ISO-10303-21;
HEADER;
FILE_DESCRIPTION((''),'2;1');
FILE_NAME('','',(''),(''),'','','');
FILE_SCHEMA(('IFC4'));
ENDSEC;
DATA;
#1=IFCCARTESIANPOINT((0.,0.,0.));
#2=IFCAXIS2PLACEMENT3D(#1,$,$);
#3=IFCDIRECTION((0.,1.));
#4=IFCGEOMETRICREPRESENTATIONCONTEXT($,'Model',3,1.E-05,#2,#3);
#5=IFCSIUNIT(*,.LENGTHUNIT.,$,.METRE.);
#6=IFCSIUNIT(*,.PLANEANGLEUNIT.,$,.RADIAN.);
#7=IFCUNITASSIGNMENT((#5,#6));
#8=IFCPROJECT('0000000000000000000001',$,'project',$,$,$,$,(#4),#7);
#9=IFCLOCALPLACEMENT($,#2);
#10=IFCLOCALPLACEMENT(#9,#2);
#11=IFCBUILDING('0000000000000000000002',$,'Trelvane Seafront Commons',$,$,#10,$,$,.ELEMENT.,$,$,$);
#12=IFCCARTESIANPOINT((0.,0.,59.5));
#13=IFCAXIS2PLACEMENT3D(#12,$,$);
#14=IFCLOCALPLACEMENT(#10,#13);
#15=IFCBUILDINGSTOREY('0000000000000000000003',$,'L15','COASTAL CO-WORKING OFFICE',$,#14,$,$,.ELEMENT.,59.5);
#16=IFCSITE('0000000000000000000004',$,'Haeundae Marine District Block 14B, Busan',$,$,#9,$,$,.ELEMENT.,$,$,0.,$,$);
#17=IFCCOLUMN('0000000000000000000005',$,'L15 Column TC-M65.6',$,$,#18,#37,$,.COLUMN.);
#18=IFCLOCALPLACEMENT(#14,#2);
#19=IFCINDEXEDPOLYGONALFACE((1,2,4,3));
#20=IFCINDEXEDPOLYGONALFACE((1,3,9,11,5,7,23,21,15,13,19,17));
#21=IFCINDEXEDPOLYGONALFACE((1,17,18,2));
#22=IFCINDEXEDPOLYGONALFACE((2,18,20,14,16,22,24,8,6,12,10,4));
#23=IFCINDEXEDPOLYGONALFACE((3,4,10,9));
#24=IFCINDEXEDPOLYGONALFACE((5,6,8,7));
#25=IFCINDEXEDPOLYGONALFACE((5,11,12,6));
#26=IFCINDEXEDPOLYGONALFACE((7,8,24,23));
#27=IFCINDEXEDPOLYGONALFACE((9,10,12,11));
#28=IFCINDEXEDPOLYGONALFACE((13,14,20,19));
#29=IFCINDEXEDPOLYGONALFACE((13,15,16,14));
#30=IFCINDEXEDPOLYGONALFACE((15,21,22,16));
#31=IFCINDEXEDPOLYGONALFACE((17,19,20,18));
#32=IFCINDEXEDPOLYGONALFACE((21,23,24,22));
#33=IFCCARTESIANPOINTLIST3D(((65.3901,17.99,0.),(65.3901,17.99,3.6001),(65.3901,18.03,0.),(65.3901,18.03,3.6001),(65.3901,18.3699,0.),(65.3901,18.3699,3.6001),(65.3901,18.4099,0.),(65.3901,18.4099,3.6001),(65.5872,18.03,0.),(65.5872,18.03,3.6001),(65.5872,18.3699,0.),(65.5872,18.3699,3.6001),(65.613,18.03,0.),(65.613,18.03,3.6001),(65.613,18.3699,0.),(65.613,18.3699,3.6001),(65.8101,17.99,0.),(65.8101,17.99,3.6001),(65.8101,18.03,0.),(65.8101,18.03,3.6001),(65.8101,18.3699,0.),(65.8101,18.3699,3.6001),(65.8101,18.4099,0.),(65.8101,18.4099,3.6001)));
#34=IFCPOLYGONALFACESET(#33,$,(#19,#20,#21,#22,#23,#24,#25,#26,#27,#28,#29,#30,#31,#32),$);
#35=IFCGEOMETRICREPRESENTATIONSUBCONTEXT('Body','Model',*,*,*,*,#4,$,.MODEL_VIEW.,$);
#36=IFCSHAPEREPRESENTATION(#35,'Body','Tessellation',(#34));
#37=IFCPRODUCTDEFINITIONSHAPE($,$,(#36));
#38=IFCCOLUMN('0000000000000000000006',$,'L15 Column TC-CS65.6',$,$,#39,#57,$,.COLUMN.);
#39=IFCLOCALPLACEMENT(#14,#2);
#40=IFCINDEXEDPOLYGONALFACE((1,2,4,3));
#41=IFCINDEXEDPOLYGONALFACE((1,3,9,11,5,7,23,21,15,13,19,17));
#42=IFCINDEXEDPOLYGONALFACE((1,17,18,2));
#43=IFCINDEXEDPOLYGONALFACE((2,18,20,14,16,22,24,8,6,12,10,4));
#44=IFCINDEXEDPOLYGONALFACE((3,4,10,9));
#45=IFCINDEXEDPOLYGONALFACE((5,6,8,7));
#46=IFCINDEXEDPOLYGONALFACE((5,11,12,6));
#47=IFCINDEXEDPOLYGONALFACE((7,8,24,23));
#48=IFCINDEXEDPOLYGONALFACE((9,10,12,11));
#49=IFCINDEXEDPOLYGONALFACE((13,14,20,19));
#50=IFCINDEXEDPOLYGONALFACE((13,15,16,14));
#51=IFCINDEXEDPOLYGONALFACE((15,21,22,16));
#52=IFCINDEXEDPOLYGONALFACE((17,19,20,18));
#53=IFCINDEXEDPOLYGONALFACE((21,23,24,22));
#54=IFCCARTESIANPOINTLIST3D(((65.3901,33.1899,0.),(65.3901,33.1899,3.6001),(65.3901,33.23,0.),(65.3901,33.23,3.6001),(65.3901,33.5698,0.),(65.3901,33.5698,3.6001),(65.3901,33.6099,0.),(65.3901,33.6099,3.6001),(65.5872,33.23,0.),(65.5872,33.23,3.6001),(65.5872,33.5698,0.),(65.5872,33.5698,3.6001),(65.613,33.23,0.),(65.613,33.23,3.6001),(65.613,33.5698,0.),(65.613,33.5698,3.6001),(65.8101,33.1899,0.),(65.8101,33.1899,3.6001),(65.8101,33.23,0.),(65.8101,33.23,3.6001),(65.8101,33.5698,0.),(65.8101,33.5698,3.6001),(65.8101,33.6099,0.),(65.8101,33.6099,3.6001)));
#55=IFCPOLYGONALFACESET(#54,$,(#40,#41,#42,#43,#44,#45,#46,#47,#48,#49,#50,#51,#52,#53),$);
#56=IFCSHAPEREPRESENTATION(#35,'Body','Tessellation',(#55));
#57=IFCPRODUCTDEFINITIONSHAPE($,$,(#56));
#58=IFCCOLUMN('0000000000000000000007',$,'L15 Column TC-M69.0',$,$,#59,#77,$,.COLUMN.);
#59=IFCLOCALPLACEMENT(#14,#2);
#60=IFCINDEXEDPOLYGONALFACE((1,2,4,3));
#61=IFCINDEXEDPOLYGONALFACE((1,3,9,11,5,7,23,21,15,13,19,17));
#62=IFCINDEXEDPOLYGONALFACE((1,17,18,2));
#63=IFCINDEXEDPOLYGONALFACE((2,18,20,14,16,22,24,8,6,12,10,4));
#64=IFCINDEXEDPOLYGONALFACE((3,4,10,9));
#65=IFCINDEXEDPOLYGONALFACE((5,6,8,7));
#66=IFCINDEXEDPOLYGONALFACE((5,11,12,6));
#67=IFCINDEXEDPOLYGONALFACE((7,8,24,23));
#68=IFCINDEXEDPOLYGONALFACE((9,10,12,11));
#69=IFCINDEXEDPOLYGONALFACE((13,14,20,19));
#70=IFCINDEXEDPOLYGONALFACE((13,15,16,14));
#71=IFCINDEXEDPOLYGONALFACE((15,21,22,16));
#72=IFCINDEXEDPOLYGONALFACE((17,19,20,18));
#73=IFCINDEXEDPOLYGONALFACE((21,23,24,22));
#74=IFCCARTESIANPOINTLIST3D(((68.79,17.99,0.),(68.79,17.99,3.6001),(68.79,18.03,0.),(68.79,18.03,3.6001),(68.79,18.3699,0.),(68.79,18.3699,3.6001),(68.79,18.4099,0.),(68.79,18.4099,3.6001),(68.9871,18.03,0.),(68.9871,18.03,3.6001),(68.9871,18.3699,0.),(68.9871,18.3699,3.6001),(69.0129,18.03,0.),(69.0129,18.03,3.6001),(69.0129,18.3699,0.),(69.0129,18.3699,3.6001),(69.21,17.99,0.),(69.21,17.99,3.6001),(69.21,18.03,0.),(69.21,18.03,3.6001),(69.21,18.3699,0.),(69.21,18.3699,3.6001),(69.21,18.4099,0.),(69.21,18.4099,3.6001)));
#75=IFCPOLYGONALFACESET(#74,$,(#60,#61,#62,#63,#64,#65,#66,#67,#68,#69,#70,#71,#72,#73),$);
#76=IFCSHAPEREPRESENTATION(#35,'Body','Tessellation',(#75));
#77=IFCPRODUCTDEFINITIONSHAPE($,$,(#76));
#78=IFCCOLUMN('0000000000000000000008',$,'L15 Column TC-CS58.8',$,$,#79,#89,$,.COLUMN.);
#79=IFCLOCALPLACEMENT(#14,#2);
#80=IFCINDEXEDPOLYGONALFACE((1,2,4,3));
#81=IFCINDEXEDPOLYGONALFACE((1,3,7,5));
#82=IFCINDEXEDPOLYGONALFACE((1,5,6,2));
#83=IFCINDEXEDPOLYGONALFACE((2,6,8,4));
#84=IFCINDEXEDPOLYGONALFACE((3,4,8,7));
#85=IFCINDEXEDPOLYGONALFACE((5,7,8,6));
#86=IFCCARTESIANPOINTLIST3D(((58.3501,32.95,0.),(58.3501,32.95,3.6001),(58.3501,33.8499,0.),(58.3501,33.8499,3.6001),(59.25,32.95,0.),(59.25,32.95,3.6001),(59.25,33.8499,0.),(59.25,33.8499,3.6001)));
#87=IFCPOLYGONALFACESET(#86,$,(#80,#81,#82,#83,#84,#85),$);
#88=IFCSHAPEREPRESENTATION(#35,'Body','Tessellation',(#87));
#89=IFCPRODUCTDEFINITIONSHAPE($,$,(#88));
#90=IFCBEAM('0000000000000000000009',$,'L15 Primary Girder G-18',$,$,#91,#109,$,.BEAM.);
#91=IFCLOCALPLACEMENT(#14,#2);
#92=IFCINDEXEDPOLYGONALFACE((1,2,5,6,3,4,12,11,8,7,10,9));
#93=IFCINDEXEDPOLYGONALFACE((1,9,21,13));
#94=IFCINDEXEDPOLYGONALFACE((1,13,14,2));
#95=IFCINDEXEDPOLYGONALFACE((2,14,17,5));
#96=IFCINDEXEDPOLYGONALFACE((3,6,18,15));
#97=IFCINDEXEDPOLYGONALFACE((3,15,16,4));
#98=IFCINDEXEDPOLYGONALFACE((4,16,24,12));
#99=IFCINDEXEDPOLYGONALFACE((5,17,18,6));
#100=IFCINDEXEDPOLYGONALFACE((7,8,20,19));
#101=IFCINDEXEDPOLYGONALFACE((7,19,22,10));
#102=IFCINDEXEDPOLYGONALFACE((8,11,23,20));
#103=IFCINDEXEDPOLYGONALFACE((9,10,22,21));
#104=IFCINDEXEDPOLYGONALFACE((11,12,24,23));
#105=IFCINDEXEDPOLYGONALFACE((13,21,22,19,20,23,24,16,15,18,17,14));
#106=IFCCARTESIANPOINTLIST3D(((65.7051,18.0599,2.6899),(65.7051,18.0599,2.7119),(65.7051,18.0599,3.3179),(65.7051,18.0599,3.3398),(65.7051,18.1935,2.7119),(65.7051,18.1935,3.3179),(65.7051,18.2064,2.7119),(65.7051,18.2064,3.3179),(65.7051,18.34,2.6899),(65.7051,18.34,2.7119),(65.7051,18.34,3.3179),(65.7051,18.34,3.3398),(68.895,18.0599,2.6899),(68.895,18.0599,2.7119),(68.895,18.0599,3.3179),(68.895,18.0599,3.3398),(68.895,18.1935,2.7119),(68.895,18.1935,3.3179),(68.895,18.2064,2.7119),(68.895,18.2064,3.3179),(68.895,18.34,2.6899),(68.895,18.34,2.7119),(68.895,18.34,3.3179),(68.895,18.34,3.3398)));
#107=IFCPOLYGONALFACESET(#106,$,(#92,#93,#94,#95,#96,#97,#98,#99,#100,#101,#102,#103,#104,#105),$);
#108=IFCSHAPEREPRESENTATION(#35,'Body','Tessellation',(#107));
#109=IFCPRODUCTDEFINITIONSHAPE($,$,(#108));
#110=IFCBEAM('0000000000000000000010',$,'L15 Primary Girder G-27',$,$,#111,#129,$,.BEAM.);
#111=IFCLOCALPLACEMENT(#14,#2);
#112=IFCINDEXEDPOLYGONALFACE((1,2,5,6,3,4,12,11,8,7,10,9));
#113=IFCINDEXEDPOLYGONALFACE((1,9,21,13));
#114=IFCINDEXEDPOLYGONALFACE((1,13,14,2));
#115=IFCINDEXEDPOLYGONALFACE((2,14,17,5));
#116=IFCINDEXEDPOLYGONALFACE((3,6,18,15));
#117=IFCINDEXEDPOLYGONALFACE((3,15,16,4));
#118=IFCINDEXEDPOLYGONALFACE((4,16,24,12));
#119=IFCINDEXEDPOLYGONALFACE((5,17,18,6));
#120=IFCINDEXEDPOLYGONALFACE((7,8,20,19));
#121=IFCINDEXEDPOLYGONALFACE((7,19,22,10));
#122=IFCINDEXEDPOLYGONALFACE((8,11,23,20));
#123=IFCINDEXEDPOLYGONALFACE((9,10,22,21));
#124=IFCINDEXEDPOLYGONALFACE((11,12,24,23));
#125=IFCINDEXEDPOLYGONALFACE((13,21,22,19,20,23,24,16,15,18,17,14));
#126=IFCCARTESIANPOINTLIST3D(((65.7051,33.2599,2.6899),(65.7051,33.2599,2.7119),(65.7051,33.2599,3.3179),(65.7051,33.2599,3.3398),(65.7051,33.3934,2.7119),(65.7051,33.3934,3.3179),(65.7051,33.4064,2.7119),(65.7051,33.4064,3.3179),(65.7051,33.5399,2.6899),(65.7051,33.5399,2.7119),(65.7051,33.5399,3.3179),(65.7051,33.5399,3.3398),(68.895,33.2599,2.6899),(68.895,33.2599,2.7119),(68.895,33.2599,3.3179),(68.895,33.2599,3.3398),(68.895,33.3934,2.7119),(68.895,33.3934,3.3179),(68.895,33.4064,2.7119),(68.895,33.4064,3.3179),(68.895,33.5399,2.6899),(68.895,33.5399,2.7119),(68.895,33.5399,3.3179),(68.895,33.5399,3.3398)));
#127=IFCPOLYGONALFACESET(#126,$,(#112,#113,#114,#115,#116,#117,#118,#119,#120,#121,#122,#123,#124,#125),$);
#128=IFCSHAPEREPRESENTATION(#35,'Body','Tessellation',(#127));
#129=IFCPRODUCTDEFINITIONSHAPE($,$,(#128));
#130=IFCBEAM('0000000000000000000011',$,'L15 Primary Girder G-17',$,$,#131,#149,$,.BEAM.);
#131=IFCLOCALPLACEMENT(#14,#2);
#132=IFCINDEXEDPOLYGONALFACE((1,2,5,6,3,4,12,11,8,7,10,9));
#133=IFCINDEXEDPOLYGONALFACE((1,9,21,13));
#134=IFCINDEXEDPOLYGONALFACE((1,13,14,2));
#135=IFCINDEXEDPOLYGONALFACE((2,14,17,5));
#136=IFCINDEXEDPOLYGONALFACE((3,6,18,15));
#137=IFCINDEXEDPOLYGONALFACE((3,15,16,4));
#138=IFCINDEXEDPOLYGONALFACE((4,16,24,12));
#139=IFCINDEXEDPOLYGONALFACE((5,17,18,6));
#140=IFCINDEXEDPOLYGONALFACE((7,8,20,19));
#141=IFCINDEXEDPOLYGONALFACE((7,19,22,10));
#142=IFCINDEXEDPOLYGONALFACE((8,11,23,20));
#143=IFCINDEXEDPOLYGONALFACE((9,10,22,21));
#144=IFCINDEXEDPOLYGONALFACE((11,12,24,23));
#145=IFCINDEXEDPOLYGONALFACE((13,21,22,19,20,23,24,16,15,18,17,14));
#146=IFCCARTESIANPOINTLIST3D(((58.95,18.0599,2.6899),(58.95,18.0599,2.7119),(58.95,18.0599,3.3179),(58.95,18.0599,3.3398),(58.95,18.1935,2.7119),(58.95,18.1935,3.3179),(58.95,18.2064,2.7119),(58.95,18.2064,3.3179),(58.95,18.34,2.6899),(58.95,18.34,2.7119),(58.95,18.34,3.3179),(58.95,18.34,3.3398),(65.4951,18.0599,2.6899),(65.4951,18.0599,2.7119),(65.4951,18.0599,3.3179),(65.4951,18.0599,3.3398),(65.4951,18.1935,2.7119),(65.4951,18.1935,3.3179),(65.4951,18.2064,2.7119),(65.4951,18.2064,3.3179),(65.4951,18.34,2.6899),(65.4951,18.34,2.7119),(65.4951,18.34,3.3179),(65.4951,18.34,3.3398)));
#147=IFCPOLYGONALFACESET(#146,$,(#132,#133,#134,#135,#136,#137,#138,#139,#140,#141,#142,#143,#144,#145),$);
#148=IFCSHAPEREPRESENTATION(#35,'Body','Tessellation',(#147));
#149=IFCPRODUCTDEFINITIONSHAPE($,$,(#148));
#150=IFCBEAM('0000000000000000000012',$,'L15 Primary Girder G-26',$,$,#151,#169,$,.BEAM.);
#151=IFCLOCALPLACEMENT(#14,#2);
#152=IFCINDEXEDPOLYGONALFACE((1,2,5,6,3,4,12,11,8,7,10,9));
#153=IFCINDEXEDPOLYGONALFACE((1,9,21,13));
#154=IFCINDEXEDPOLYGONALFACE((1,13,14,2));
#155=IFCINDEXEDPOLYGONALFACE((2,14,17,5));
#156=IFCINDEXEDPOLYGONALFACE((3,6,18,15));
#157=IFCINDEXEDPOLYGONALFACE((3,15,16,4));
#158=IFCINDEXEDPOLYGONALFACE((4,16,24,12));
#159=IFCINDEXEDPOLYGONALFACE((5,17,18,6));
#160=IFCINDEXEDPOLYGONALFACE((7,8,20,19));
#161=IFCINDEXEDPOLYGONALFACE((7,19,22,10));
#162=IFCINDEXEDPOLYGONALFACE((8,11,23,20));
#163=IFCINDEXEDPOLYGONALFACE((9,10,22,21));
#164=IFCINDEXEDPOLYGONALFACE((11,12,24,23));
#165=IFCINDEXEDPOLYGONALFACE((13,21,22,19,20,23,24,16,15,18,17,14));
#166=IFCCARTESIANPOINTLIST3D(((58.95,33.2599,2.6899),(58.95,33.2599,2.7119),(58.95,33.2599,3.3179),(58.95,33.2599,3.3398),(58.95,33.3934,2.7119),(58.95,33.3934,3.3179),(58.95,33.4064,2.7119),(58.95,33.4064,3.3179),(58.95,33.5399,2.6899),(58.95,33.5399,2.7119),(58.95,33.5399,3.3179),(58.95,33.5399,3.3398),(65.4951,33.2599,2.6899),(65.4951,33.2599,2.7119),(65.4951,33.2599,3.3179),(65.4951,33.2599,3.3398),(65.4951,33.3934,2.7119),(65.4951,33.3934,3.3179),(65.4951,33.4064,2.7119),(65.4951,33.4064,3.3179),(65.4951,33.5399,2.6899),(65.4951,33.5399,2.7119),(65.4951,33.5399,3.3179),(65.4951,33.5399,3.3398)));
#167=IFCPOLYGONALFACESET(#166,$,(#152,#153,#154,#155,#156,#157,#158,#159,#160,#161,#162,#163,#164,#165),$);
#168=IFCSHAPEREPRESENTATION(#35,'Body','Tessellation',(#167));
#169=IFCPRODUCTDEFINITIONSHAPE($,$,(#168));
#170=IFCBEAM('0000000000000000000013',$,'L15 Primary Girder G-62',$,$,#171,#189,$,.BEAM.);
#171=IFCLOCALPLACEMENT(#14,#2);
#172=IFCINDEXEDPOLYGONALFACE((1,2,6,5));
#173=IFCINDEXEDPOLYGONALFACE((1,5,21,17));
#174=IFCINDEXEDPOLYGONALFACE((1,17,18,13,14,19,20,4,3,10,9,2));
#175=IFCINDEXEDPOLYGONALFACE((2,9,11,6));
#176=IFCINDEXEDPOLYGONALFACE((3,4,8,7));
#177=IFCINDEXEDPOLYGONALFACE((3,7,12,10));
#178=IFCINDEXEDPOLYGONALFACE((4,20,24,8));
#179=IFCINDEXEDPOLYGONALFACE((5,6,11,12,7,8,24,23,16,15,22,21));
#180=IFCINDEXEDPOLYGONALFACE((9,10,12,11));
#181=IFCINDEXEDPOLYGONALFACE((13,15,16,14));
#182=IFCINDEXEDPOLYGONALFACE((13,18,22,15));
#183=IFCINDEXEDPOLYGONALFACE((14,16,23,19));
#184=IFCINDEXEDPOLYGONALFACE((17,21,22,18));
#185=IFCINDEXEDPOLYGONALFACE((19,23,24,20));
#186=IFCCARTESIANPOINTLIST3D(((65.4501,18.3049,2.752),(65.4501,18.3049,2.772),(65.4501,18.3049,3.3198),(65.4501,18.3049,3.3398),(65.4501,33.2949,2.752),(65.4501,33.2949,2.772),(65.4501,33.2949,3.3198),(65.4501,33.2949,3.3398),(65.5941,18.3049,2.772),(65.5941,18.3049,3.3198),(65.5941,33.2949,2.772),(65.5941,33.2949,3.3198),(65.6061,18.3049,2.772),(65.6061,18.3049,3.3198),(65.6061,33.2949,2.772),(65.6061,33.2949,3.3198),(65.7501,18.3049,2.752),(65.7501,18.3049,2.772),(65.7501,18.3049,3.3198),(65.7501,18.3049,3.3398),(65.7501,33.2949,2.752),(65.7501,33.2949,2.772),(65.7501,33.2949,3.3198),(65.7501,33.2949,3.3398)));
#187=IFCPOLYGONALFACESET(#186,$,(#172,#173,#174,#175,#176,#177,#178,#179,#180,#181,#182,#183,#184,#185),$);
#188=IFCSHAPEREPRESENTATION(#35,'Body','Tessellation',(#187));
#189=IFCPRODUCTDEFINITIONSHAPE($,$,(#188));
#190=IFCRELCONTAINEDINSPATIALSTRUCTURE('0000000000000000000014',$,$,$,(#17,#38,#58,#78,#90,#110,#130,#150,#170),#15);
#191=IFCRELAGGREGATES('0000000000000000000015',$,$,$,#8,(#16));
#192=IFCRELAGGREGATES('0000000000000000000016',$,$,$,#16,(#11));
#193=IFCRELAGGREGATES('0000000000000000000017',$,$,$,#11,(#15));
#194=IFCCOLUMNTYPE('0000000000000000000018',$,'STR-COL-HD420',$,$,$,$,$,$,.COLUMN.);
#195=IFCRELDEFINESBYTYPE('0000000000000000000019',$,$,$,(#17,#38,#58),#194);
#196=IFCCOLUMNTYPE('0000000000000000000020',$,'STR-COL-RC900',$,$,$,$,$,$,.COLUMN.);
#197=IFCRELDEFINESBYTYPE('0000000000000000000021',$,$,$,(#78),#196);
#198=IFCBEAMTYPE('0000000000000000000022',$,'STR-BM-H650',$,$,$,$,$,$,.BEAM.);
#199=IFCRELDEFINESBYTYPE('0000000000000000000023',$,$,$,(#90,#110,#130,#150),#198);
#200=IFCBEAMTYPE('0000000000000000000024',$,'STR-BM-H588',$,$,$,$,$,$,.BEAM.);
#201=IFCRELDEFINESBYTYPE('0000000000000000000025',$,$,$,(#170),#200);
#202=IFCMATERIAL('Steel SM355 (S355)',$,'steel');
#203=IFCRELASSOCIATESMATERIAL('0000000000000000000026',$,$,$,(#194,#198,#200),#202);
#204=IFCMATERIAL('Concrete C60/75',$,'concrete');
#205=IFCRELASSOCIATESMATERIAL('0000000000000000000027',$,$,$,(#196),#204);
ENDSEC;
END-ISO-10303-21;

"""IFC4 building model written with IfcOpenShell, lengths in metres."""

from ifc_helpers import new_model, si_unit, direction, frame, origin, origin_2d, place, context, subcontext, project, spatial, rectangle, i_section, extrude, source, transform, mapped, material, material_profile, profile_set, type_object, element, save


model = new_model("IFC4")

# Units and contexts
model_context = context("Model", 3, precision=1e-05, world=origin(), true_north=direction((0.0, 1.0)))
body_context = subcontext(model_context, "Body", "Model", "MODEL_VIEW")
ifc_project = project(units=[si_unit("LENGTHUNIT", "METRE"), si_unit("PLANEANGLEUNIT", "RADIAN")], contexts=[model_context])

# Site, building, storey
site_placement = place(None, origin())
site = spatial("IfcSite", under=ifc_project, at=site_placement, Name="Haeundae Marine District Block 14B, Busan", CompositionType="ELEMENT", RefElevation=0.0)
building_placement = place(site_placement, origin())
building = spatial("IfcBuilding", under=site, at=building_placement, Name="Trelvane Seafront Commons", CompositionType="ELEMENT")
storey_placement = place(building_placement, frame((0.0, 0.0, 59.5)))
storey = spatial("IfcBuildingStorey", under=building, at=storey_placement, Name="L15", Description="COASTAL CO-WORKING OFFICE", CompositionType="ELEMENT", Elevation=59.5)

# Columns
ifc_material_1 = material(Name="Steel SM355 (S355)", Category="steel")
ifc_material_profile_1 = material_profile(ifc_material_1, i_section(OverallWidth=0.4199, OverallDepth=0.4199, WebThickness=0.0259, FlangeThickness=0.04, at=origin_2d()), Name="HD-420x420x26x40")
ifc_profile_set_1 = profile_set([ifc_material_profile_1], Name="Steel SM355 (S355)")
column_type_1 = type_object("IfcColumnType", Name="STR-COL-HD420", PredefinedType="COLUMN", material=ifc_profile_set_1)
shared_shape_1 = source(origin(), body_context, "Body", "SweptSolid", [
    extrude(i_section(OverallWidth=0.4199, OverallDepth=0.4199, WebThickness=0.0259, FlangeThickness=0.04, at=origin_2d()), origin(), (0.0, 0.0, 1.0), 3.6001),
])
for number, where, z_axis, x_axis, name in (
    (1, (65.6001, 18.2, 0.0), (0.0, 0.0, 1.0), (1.0, 0.0, 0.0), "L15 Column TC-M65.6"),
    (2, (65.6001, 33.3999, 0.0), (0.0, 0.0, 1.0), (1.0, 0.0, 0.0), "L15 Column TC-CS65.6"),
    (3, (69.0, 18.2, 0.0), (0.0, 0.0, 1.0), (1.0, 0.0, 0.0), "L15 Column TC-M69.0"),
):
    element("IfcColumn", number, at=place(storey_placement, frame(where, z_axis=z_axis, x_axis=x_axis)), inside=storey, type_object=column_type_1, Name=name, PredefinedType="COLUMN", context=body_context, shape_type="MappedRepresentation", body=[
        mapped(shared_shape_1, transform((0.0, 0.0, 0.0), x_axis=(1.0, 0.0, 0.0), y_axis=(0.0, 1.0, 0.0), z_axis=(0.0, 0.0, 1.0), scale=1.0)),
    ])
ifc_material_2 = material(Name="Concrete C60/75", Category="concrete")
ifc_material_profile_2 = material_profile(ifc_material_2, rectangle(XDim=0.8999, YDim=0.8999, at=origin_2d()), Name="RC-900x900")
ifc_profile_set_2 = profile_set([ifc_material_profile_2], Name="Concrete C60/75")
column_type_2 = type_object("IfcColumnType", Name="STR-COL-RC900", PredefinedType="COLUMN", material=ifc_profile_set_2)
shared_shape_2 = source(origin(), body_context, "Body", "SweptSolid", [
    extrude(rectangle(XDim=0.8999, YDim=0.8999, at=origin_2d()), origin(), (0.0, 0.0, 1.0), 3.6001),
])
column_placement = place(storey_placement, frame((58.8, 33.3999, 0.0), z_axis=(0.0, 0.0, 1.0), x_axis=(1.0, 0.0, 0.0)))
element("IfcColumn", 4, at=column_placement, inside=storey, type_object=column_type_2, Name="L15 Column TC-CS58.8", PredefinedType="COLUMN", context=body_context, shape_type="MappedRepresentation", body=[
    mapped(shared_shape_2, transform((0.0, 0.0, 0.0), x_axis=(1.0, 0.0, 0.0), y_axis=(0.0, 1.0, 0.0), z_axis=(0.0, 0.0, 1.0), scale=1.0)),
])

# Beams
ifc_material_profile_3 = material_profile(ifc_material_1, i_section(OverallWidth=0.28, OverallDepth=0.6499, WebThickness=0.0129, FlangeThickness=0.022, at=origin_2d()), Name="H-650x280x13x22")
ifc_profile_set_3 = profile_set([ifc_material_profile_3], Name="Steel SM355 (S355)")
beam_type_1 = type_object("IfcBeamType", Name="STR-BM-H650", PredefinedType="BEAM", material=ifc_profile_set_3)
shared_shape_3 = source(origin(), body_context, "Body", "SweptSolid", [
    extrude(i_section(OverallWidth=0.28, OverallDepth=0.6499, WebThickness=0.0129, FlangeThickness=0.022, at=origin_2d()), origin(), (0.0, 0.0, 1.0), 3.1899),
])
for number, where, z_axis, x_axis, name in (
    (5, (65.7051, 18.2, 3.0149), (1.0, 0.0, 0.0), (0.0, 1.0, 0.0), "L15 Primary Girder G-18"),
    (6, (65.7051, 33.3999, 3.0149), (1.0, 0.0, 0.0), (0.0, 1.0, 0.0), "L15 Primary Girder G-27"),
):
    element("IfcBeam", number, at=place(storey_placement, frame(where, z_axis=z_axis, x_axis=x_axis)), inside=storey, type_object=beam_type_1, Name=name, PredefinedType="BEAM", context=body_context, shape_type="MappedRepresentation", body=[
        mapped(shared_shape_3, transform((0.0, 0.0, 0.0), x_axis=(1.0, 0.0, 0.0), y_axis=(0.0, 1.0, 0.0), z_axis=(0.0, 0.0, 1.0), scale=1.0)),
    ])
shared_shape_4 = source(origin(), body_context, "Body", "SweptSolid", [
    extrude(i_section(OverallWidth=0.28, OverallDepth=0.6499, WebThickness=0.0129, FlangeThickness=0.022, at=origin_2d()), origin(), (0.0, 0.0, 1.0), 6.5452),
])
for number, where, z_axis, x_axis, name in (
    (7, (58.95, 18.2, 3.0149), (1.0, 0.0, 0.0), (0.0, 1.0, 0.0), "L15 Primary Girder G-17"),
    (8, (58.95, 33.3999, 3.0149), (1.0, 0.0, 0.0), (0.0, 1.0, 0.0), "L15 Primary Girder G-26"),
):
    element("IfcBeam", number, at=place(storey_placement, frame(where, z_axis=z_axis, x_axis=x_axis)), inside=storey, type_object=beam_type_1, Name=name, PredefinedType="BEAM", context=body_context, shape_type="MappedRepresentation", body=[
        mapped(shared_shape_4, transform((0.0, 0.0, 0.0), x_axis=(1.0, 0.0, 0.0), y_axis=(0.0, 1.0, 0.0), z_axis=(0.0, 0.0, 1.0), scale=1.0)),
    ])
ifc_material_profile_4 = material_profile(ifc_material_1, i_section(OverallWidth=0.3, OverallDepth=0.5879, WebThickness=0.012, FlangeThickness=0.02, at=origin_2d()), Name="H-588x300x12x20")
ifc_profile_set_4 = profile_set([ifc_material_profile_4], Name="Steel SM355 (S355)")
beam_type_2 = type_object("IfcBeamType", Name="STR-BM-H588", PredefinedType="BEAM", material=ifc_profile_set_4)
shared_shape_5 = source(origin(), body_context, "Body", "SweptSolid", [
    extrude(i_section(OverallWidth=0.3, OverallDepth=0.5879, WebThickness=0.012, FlangeThickness=0.02, at=origin_2d()), origin(), (0.0, 0.0, 1.0), 14.99),
])
for number, where, z_axis, x_axis, name in (
    (9, (65.6001, 18.3049, 3.0459), (0.0, 1.0, 0.0), (-1.0, 0.0, 0.0), "L15 Primary Girder G-62"),
):
    element("IfcBeam", number, at=place(storey_placement, frame(where, z_axis=z_axis, x_axis=x_axis)), inside=storey, type_object=beam_type_2, Name=name, PredefinedType="BEAM", context=body_context, shape_type="MappedRepresentation", body=[
        mapped(shared_shape_5, transform((0.0, 0.0, 0.0), x_axis=(1.0, 0.0, 0.0), y_axis=(0.0, 1.0, 0.0), z_axis=(0.0, 0.0, 1.0), scale=1.0)),
    ])

save(model, "model.ifc")
